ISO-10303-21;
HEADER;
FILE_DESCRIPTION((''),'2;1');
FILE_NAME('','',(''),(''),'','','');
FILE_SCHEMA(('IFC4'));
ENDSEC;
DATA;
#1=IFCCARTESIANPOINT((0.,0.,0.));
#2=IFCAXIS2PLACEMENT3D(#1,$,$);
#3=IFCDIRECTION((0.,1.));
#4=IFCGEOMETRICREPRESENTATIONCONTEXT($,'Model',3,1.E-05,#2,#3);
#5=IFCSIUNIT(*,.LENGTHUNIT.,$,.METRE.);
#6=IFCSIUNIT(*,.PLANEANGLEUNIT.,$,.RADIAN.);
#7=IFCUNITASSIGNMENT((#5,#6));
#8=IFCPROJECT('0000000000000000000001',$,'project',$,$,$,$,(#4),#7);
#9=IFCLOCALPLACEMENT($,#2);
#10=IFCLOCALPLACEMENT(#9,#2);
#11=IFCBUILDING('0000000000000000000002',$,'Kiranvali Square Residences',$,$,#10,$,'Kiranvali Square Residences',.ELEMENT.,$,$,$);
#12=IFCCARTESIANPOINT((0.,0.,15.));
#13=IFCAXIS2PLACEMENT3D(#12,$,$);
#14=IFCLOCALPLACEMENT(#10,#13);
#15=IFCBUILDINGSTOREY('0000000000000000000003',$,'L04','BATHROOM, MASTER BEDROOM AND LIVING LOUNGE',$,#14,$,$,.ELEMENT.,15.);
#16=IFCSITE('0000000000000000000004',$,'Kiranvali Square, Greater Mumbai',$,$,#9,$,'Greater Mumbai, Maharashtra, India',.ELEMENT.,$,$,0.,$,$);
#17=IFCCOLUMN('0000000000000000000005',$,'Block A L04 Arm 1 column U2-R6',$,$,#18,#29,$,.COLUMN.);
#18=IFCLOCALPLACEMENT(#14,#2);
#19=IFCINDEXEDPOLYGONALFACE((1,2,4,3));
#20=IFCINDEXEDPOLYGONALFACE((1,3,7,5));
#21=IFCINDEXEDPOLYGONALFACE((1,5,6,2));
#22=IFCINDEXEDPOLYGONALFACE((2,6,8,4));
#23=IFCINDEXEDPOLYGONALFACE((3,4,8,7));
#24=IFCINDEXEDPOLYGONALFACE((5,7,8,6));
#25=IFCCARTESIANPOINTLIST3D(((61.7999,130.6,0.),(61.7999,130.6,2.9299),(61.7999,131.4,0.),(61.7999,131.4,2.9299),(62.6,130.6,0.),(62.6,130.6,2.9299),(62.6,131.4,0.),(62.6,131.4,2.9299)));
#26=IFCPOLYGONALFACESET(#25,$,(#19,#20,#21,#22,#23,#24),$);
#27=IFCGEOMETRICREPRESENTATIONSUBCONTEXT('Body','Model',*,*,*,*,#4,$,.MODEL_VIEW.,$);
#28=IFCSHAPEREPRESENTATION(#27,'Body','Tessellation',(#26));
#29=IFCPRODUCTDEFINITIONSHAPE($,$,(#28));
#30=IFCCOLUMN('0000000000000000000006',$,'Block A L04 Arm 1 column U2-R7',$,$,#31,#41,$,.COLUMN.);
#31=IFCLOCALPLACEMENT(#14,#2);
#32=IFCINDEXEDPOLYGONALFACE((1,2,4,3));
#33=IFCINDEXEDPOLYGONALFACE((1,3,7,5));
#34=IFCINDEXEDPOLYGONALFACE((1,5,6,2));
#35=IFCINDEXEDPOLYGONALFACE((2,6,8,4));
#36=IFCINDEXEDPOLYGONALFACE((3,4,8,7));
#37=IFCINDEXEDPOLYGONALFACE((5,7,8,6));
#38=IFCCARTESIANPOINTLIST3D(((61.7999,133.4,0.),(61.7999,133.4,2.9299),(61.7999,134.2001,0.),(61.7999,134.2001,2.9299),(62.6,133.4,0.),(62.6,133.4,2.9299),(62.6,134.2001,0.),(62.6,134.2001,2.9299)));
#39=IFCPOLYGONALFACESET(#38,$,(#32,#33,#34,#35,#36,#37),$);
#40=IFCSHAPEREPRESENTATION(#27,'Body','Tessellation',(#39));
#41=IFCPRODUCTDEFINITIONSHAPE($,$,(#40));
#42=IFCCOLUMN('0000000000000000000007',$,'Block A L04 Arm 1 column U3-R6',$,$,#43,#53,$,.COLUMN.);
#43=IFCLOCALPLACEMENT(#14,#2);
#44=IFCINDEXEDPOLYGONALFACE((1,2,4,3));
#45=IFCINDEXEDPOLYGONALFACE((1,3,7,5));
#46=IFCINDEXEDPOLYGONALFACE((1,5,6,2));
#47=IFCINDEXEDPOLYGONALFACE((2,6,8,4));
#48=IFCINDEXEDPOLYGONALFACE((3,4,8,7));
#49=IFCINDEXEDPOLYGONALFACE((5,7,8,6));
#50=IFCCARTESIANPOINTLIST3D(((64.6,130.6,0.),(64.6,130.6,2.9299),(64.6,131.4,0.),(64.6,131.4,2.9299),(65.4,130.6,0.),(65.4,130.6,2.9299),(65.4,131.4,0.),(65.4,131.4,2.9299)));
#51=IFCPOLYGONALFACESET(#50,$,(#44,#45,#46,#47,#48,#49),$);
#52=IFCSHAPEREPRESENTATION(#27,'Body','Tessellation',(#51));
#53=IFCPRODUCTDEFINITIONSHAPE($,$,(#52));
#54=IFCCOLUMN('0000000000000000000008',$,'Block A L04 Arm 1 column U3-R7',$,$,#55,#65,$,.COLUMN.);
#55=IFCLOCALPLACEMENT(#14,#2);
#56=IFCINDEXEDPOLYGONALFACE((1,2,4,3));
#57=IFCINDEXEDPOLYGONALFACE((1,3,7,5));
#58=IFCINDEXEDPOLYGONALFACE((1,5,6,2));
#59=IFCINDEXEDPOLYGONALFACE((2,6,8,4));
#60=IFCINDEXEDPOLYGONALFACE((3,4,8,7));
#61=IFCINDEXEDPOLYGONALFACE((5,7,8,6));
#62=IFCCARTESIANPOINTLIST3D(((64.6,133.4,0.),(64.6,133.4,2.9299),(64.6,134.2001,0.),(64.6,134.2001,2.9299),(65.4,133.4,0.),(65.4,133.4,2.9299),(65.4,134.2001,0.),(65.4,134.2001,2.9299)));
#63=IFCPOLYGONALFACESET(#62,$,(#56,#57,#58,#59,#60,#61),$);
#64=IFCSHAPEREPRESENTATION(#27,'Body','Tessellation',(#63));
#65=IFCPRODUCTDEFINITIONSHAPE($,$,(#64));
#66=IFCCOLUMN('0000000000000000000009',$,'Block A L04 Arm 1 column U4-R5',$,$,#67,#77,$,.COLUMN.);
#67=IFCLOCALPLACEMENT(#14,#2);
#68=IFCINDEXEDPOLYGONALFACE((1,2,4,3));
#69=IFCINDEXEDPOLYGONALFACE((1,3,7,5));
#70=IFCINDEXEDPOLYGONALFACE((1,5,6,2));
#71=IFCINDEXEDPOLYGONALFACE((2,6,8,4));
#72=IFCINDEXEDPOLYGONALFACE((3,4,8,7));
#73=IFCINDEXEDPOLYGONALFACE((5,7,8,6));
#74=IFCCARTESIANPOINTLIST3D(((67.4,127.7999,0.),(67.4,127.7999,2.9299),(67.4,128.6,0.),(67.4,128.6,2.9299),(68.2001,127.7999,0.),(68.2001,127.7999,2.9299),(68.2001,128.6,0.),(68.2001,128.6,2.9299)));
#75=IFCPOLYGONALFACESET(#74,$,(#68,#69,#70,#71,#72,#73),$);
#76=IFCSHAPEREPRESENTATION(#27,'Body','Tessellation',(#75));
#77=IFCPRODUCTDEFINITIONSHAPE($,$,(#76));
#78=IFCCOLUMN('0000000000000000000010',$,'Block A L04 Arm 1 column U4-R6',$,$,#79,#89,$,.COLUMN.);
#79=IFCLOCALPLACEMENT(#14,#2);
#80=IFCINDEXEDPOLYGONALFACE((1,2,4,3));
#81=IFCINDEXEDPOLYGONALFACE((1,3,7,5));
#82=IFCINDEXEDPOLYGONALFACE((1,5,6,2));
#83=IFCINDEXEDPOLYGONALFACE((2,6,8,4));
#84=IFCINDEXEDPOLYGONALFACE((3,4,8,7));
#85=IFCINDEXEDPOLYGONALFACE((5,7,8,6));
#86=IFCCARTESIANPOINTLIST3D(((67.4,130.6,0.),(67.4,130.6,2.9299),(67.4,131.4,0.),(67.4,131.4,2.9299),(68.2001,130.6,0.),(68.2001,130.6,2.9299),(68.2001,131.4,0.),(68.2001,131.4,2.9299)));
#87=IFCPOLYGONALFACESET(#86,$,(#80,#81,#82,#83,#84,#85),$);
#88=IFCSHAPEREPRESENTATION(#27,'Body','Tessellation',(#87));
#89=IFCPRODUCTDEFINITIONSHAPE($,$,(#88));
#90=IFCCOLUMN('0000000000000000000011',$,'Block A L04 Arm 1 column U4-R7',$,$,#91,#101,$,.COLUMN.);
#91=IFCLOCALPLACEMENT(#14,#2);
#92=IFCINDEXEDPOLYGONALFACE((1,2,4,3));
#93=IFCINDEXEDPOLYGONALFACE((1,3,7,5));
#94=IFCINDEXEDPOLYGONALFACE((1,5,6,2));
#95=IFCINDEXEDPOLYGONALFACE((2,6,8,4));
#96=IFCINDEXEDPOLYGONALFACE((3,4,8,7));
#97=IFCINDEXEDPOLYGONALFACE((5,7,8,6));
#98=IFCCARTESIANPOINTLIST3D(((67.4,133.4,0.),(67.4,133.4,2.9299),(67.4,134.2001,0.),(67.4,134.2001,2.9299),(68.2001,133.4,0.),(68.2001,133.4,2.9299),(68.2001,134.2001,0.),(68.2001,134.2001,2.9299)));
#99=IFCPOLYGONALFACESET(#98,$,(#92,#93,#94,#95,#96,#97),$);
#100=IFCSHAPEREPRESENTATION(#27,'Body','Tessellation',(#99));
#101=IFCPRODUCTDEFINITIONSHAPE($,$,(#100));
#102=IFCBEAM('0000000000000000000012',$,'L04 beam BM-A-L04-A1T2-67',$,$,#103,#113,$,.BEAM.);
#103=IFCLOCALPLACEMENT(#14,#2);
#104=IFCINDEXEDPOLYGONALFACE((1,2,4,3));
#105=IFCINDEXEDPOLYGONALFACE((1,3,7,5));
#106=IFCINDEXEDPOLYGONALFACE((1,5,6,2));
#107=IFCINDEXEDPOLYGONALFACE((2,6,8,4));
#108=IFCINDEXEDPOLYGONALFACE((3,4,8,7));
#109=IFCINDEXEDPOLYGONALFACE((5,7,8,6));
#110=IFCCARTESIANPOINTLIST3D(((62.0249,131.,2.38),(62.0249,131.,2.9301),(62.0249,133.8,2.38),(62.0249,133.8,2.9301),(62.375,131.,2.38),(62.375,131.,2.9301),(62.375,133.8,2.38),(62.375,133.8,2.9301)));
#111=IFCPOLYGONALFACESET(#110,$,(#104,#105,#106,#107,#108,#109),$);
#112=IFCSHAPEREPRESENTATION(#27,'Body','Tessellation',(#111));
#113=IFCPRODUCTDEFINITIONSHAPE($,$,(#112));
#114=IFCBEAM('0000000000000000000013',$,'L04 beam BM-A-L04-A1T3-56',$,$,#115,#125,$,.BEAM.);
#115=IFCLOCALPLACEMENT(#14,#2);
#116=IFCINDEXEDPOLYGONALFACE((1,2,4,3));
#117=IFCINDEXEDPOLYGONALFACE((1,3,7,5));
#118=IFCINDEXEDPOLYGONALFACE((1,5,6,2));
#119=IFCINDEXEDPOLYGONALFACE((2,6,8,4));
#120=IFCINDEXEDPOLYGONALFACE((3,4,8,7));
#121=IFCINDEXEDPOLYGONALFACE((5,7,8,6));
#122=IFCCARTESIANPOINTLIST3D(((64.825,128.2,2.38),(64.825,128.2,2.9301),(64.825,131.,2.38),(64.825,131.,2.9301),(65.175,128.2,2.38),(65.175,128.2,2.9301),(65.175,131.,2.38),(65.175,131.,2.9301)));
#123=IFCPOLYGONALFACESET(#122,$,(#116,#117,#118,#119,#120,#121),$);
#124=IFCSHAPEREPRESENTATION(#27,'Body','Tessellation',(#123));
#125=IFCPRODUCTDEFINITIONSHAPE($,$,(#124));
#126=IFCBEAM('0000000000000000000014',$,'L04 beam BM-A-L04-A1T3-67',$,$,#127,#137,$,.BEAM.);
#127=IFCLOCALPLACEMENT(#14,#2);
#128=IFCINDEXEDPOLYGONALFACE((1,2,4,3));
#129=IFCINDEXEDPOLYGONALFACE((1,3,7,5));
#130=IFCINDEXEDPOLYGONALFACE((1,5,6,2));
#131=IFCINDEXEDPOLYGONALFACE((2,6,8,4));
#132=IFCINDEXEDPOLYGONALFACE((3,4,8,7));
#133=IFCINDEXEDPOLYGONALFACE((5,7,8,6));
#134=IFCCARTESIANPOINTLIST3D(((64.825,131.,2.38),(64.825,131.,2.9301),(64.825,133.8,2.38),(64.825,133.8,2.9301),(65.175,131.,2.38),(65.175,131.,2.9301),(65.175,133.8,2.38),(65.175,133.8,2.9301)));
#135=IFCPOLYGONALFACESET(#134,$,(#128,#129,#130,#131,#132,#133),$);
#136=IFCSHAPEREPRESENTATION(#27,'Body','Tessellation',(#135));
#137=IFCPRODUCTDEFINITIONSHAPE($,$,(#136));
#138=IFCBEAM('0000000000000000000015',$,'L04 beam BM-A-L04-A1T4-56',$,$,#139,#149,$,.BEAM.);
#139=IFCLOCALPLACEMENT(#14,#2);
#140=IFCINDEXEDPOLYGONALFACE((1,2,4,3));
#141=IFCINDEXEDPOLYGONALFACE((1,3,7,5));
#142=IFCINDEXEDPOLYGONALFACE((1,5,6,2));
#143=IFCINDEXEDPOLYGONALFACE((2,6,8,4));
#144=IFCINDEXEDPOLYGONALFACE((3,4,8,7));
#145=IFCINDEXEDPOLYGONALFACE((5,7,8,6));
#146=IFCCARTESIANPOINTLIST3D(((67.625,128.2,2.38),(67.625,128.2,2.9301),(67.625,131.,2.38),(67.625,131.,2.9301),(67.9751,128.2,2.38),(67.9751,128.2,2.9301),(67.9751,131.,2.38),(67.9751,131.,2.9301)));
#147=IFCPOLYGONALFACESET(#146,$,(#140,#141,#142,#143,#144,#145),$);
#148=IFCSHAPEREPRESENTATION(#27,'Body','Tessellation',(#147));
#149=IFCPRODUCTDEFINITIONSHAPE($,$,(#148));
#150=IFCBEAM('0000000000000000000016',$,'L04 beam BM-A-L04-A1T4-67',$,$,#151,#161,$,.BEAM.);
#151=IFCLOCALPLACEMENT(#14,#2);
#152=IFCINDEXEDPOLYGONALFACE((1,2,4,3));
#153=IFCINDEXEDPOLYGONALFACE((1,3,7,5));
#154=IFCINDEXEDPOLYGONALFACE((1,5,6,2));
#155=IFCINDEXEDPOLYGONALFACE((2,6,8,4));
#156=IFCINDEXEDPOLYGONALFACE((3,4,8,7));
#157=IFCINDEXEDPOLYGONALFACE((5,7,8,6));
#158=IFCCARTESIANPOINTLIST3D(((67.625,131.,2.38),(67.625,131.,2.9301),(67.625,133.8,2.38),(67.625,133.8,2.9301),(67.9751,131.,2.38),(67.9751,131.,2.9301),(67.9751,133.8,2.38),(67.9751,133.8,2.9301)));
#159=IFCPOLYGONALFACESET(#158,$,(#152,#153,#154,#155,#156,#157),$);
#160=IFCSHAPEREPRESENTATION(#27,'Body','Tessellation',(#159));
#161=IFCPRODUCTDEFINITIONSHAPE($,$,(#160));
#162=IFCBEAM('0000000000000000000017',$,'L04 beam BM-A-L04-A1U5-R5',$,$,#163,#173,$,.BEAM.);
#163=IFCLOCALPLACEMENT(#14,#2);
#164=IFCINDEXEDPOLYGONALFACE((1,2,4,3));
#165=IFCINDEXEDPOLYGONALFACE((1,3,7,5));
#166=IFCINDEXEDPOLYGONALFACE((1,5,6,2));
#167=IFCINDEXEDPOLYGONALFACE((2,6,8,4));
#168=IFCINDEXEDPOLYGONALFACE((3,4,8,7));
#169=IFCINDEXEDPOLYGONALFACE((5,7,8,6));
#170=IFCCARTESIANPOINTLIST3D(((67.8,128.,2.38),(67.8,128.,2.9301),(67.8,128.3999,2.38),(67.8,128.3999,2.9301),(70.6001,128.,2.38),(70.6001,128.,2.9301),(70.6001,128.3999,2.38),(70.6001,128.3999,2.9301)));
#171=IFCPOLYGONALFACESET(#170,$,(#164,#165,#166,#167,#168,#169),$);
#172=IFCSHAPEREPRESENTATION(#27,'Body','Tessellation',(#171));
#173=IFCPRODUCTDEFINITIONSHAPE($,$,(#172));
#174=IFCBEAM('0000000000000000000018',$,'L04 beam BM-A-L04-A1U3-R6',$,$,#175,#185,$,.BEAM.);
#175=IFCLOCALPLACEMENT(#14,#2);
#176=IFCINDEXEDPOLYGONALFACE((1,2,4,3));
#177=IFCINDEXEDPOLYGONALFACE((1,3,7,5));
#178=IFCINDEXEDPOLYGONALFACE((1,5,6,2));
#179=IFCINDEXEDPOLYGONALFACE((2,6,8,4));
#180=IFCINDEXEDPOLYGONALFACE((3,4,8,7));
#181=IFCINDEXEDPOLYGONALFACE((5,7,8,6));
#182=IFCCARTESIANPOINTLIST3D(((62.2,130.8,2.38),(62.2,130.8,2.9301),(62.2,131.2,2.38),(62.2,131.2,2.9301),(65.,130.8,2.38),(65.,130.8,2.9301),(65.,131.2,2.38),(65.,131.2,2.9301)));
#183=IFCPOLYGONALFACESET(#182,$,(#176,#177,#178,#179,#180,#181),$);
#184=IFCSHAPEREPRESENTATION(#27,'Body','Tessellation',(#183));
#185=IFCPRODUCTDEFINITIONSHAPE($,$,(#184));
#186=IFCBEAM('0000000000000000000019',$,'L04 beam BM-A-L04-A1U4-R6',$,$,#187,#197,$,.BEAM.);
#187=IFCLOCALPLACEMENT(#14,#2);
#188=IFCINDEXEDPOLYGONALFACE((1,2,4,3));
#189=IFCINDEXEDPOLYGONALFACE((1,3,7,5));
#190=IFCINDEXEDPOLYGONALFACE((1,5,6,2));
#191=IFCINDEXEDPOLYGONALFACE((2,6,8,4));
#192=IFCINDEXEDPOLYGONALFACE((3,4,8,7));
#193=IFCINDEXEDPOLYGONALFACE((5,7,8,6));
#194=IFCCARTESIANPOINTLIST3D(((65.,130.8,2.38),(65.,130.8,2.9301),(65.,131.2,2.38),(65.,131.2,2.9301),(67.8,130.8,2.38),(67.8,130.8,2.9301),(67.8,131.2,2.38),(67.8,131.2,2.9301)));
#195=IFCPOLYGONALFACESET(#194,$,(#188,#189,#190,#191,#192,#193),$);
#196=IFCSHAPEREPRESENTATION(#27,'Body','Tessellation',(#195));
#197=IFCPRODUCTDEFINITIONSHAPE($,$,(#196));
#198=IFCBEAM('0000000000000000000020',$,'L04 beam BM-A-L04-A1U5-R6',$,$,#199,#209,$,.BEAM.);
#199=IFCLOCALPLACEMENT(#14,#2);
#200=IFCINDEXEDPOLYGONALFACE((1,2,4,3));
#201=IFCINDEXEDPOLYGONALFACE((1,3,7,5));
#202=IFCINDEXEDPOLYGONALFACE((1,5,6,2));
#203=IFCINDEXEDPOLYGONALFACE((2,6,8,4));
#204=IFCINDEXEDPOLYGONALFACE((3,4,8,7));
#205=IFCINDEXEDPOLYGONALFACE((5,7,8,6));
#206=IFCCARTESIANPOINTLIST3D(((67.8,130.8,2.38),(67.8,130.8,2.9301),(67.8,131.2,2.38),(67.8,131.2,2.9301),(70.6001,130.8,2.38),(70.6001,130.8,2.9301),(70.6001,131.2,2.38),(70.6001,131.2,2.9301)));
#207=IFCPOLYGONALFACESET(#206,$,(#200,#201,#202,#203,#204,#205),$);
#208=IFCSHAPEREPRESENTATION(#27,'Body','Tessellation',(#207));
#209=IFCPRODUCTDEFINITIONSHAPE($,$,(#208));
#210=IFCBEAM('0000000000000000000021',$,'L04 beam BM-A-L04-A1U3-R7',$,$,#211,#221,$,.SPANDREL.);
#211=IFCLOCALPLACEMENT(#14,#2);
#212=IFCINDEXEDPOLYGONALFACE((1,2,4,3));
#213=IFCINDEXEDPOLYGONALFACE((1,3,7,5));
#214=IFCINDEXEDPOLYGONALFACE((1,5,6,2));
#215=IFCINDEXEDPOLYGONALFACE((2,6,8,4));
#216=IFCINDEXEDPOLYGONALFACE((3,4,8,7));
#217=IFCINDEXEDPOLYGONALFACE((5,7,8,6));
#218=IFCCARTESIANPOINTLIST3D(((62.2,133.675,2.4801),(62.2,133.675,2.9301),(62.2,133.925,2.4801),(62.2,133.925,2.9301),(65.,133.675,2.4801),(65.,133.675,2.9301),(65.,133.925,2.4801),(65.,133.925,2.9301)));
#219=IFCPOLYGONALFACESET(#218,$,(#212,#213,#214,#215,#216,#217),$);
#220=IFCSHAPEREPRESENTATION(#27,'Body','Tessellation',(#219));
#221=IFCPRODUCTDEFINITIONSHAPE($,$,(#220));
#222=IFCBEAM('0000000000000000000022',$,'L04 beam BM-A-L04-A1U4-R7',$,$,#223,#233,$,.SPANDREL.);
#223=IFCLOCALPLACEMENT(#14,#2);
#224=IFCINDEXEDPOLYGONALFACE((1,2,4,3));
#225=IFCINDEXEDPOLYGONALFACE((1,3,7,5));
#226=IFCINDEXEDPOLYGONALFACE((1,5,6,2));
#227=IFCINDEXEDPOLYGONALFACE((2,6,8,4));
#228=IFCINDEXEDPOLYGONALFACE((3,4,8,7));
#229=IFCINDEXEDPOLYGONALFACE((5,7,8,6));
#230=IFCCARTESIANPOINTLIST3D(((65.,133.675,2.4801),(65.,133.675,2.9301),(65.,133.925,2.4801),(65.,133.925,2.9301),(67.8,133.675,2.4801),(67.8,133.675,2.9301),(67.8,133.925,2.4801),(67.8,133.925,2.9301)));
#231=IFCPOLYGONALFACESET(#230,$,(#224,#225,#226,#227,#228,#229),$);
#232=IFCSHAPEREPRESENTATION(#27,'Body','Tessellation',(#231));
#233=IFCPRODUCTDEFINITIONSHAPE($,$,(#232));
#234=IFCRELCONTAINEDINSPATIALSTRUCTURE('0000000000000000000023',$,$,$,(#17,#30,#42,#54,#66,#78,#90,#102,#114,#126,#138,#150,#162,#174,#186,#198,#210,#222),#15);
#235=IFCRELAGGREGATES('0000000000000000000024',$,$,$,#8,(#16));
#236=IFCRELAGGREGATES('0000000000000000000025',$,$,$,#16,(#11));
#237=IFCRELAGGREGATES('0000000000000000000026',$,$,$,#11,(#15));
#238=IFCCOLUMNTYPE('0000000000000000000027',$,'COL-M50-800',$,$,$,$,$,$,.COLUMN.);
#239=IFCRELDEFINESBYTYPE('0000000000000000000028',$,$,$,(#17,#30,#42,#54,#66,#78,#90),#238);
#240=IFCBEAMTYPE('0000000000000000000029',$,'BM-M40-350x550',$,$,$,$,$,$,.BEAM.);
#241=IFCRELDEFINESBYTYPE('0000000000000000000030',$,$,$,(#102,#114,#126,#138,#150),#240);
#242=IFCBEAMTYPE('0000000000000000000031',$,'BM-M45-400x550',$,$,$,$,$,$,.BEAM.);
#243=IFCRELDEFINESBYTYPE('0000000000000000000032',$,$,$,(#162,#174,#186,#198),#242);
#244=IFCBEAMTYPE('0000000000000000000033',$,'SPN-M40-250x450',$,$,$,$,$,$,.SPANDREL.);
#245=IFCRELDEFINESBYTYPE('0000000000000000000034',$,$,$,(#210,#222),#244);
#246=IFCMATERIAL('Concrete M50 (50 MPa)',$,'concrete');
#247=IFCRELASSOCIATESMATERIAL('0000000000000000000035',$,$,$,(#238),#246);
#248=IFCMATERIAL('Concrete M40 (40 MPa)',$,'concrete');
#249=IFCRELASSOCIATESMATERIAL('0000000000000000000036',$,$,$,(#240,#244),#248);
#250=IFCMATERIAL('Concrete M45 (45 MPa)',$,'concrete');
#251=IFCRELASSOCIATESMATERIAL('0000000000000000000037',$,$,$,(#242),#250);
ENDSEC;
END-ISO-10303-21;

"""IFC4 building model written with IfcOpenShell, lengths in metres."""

from ifc_helpers import new_model, si_unit, direction, frame, origin, origin_2d, place, context, subcontext, project, spatial, rectangle, extrude, material, material_profile, profile_set, type_object, element, save


model = new_model("IFC4")

# Units and contexts
model_context = context("Model", 3, precision=1e-05, world=origin(), true_north=direction((0.0, 1.0)))
body_context = subcontext(model_context, "Body", "Model", "MODEL_VIEW")
ifc_project = project(units=[si_unit("LENGTHUNIT", "METRE"), si_unit("PLANEANGLEUNIT", "RADIAN")], contexts=[model_context])

# Site, building, storey
site_placement = place(None, origin())
site = spatial("IfcSite", under=ifc_project, at=site_placement, Name="Kiranvali Square, Greater Mumbai", LongName="Greater Mumbai, Maharashtra, India", CompositionType="ELEMENT", RefElevation=0.0)
building_placement = place(site_placement, origin())
building = spatial("IfcBuilding", under=site, at=building_placement, Name="Kiranvali Square Residences", LongName="Kiranvali Square Residences", CompositionType="ELEMENT")
storey_placement = place(building_placement, frame((0.0, 0.0, 15.0)))
storey = spatial("IfcBuildingStorey", under=building, at=storey_placement, Name="L04", Description="BATHROOM, MASTER BEDROOM AND LIVING LOUNGE", CompositionType="ELEMENT", Elevation=15.0)

# Columns
ifc_material_1 = material(Name="Concrete M50 (50 MPa)", Category="concrete")
ifc_material_profile_1 = material_profile(ifc_material_1, rectangle(XDim=0.8, YDim=0.8, at=origin_2d()), Name="RC 800x800")
ifc_profile_set_1 = profile_set([ifc_material_profile_1], Name="Concrete M50 (50 MPa)")
column_type = type_object("IfcColumnType", Name="COL-M50-800", PredefinedType="COLUMN", material=ifc_profile_set_1)
for number, where, z_axis, x_axis, name in (
    (1, (62.2, 131.0, 0.0), (0.0, 0.0, 1.0), (1.0, 0.0, 0.0), "Block A L04 Arm 1 column U2-R6"),
    (2, (62.2, 133.8, 0.0), (0.0, 0.0, 1.0), (1.0, 0.0, 0.0), "Block A L04 Arm 1 column U2-R7"),
    (3, (65.0, 131.0, 0.0), (0.0, 0.0, 1.0), (1.0, 0.0, 0.0), "Block A L04 Arm 1 column U3-R6"),
    (4, (65.0, 133.8, 0.0), (0.0, 0.0, 1.0), (1.0, 0.0, 0.0), "Block A L04 Arm 1 column U3-R7"),
    (5, (67.8, 128.2, 0.0), (0.0, 0.0, 1.0), (1.0, 0.0, 0.0), "Block A L04 Arm 1 column U4-R5"),
    (6, (67.8, 131.0, 0.0), (0.0, 0.0, 1.0), (1.0, 0.0, 0.0), "Block A L04 Arm 1 column U4-R6"),
    (7, (67.8, 133.8, 0.0), (0.0, 0.0, 1.0), (1.0, 0.0, 0.0), "Block A L04 Arm 1 column U4-R7"),
):
    element("IfcColumn", number, at=place(storey_placement, frame(where, z_axis=z_axis, x_axis=x_axis)), inside=storey, type_object=column_type, Name=name, PredefinedType="COLUMN", context=body_context, shape_type="SweptSolid", body=[
        extrude(rectangle(XDim=0.8, YDim=0.8, at=origin_2d()), origin(), (0.0, 0.0, 1.0), 2.9299),
    ])

# Beams
ifc_material_2 = material(Name="Concrete M40 (40 MPa)", Category="concrete")
ifc_material_profile_2 = material_profile(ifc_material_2, rectangle(XDim=0.3501, YDim=0.55, at=origin_2d()), Name="RC 350x550")
ifc_profile_set_2 = profile_set([ifc_material_profile_2], Name="Concrete M40 (40 MPa)")
beam_type_1 = type_object("IfcBeamType", Name="BM-M40-350x550", PredefinedType="BEAM", material=ifc_profile_set_2)
for number, where, z_axis, x_axis, name in (
    (8, (62.2, 131.0, 2.655), (0.0, 1.0, 0.0), (-1.0, 0.0, 0.0), "L04 beam BM-A-L04-A1T2-67"),
    (9, (65.0, 128.2, 2.655), (0.0, 1.0, 0.0), (-1.0, 0.0, 0.0), "L04 beam BM-A-L04-A1T3-56"),
    (10, (65.0, 131.0, 2.655), (0.0, 1.0, 0.0), (-1.0, 0.0, 0.0), "L04 beam BM-A-L04-A1T3-67"),
    (11, (67.8, 128.2, 2.655), (0.0, 1.0, 0.0), (-1.0, 0.0, 0.0), "L04 beam BM-A-L04-A1T4-56"),
    (12, (67.8, 131.0, 2.655), (0.0, 1.0, 0.0), (-1.0, 0.0, 0.0), "L04 beam BM-A-L04-A1T4-67"),
):
    element("IfcBeam", number, at=place(storey_placement, frame(where, z_axis=z_axis, x_axis=x_axis)), inside=storey, type_object=beam_type_1, Name=name, PredefinedType="BEAM", context=body_context, shape_type="SweptSolid", body=[
        extrude(rectangle(XDim=0.3501, YDim=0.55, at=origin_2d()), origin(), (0.0, 0.0, 1.0), 2.8),
    ])
ifc_material_3 = material(Name="Concrete M45 (45 MPa)", Category="concrete")
ifc_material_profile_3 = material_profile(ifc_material_3, rectangle(XDim=0.3999, YDim=0.55, at=origin_2d()), Name="RC 400x550")
ifc_profile_set_3 = profile_set([ifc_material_profile_3], Name="Concrete M45 (45 MPa)")
beam_type_2 = type_object("IfcBeamType", Name="BM-M45-400x550", PredefinedType="BEAM", material=ifc_profile_set_3)
for number, where, z_axis, x_axis, name in (
    (13, (67.8, 128.2, 2.655), (1.0, 0.0, 0.0), (0.0, 1.0, 0.0), "L04 beam BM-A-L04-A1U5-R5"),
    (14, (62.2, 131.0, 2.655), (1.0, 0.0, 0.0), (0.0, 1.0, 0.0), "L04 beam BM-A-L04-A1U3-R6"),
    (15, (65.0, 131.0, 2.655), (1.0, 0.0, 0.0), (0.0, 1.0, 0.0), "L04 beam BM-A-L04-A1U4-R6"),
    (16, (67.8, 131.0, 2.655), (1.0, 0.0, 0.0), (0.0, 1.0, 0.0), "L04 beam BM-A-L04-A1U5-R6"),
):
    element("IfcBeam", number, at=place(storey_placement, frame(where, z_axis=z_axis, x_axis=x_axis)), inside=storey, type_object=beam_type_2, Name=name, PredefinedType="BEAM", context=body_context, shape_type="SweptSolid", body=[
        extrude(rectangle(XDim=0.3999, YDim=0.55, at=origin_2d()), origin(), (0.0, 0.0, 1.0), 2.8),
    ])
ifc_material_profile_4 = material_profile(ifc_material_2, rectangle(XDim=0.25, YDim=0.45, at=origin_2d()), Name="RC 250x450")
ifc_profile_set_4 = profile_set([ifc_material_profile_4], Name="Concrete M40 (40 MPa)")
beam_type_3 = type_object("IfcBeamType", Name="SPN-M40-250x450", PredefinedType="SPANDREL", material=ifc_profile_set_4)
for number, where, z_axis, x_axis, name in (
    (17, (62.2, 133.8, 2.7051), (1.0, 0.0, 0.0), (0.0, 1.0, 0.0), "L04 beam BM-A-L04-A1U3-R7"),
    (18, (65.0, 133.8, 2.7051), (1.0, 0.0, 0.0), (0.0, 1.0, 0.0), "L04 beam BM-A-L04-A1U4-R7"),
):
    element("IfcBeam", number, at=place(storey_placement, frame(where, z_axis=z_axis, x_axis=x_axis)), inside=storey, type_object=beam_type_3, Name=name, PredefinedType="SPANDREL", context=body_context, shape_type="SweptSolid", body=[
        extrude(rectangle(XDim=0.25, YDim=0.45, at=origin_2d()), origin(), (0.0, 0.0, 1.0), 2.8),
    ])

save(model, "model.ifc")
